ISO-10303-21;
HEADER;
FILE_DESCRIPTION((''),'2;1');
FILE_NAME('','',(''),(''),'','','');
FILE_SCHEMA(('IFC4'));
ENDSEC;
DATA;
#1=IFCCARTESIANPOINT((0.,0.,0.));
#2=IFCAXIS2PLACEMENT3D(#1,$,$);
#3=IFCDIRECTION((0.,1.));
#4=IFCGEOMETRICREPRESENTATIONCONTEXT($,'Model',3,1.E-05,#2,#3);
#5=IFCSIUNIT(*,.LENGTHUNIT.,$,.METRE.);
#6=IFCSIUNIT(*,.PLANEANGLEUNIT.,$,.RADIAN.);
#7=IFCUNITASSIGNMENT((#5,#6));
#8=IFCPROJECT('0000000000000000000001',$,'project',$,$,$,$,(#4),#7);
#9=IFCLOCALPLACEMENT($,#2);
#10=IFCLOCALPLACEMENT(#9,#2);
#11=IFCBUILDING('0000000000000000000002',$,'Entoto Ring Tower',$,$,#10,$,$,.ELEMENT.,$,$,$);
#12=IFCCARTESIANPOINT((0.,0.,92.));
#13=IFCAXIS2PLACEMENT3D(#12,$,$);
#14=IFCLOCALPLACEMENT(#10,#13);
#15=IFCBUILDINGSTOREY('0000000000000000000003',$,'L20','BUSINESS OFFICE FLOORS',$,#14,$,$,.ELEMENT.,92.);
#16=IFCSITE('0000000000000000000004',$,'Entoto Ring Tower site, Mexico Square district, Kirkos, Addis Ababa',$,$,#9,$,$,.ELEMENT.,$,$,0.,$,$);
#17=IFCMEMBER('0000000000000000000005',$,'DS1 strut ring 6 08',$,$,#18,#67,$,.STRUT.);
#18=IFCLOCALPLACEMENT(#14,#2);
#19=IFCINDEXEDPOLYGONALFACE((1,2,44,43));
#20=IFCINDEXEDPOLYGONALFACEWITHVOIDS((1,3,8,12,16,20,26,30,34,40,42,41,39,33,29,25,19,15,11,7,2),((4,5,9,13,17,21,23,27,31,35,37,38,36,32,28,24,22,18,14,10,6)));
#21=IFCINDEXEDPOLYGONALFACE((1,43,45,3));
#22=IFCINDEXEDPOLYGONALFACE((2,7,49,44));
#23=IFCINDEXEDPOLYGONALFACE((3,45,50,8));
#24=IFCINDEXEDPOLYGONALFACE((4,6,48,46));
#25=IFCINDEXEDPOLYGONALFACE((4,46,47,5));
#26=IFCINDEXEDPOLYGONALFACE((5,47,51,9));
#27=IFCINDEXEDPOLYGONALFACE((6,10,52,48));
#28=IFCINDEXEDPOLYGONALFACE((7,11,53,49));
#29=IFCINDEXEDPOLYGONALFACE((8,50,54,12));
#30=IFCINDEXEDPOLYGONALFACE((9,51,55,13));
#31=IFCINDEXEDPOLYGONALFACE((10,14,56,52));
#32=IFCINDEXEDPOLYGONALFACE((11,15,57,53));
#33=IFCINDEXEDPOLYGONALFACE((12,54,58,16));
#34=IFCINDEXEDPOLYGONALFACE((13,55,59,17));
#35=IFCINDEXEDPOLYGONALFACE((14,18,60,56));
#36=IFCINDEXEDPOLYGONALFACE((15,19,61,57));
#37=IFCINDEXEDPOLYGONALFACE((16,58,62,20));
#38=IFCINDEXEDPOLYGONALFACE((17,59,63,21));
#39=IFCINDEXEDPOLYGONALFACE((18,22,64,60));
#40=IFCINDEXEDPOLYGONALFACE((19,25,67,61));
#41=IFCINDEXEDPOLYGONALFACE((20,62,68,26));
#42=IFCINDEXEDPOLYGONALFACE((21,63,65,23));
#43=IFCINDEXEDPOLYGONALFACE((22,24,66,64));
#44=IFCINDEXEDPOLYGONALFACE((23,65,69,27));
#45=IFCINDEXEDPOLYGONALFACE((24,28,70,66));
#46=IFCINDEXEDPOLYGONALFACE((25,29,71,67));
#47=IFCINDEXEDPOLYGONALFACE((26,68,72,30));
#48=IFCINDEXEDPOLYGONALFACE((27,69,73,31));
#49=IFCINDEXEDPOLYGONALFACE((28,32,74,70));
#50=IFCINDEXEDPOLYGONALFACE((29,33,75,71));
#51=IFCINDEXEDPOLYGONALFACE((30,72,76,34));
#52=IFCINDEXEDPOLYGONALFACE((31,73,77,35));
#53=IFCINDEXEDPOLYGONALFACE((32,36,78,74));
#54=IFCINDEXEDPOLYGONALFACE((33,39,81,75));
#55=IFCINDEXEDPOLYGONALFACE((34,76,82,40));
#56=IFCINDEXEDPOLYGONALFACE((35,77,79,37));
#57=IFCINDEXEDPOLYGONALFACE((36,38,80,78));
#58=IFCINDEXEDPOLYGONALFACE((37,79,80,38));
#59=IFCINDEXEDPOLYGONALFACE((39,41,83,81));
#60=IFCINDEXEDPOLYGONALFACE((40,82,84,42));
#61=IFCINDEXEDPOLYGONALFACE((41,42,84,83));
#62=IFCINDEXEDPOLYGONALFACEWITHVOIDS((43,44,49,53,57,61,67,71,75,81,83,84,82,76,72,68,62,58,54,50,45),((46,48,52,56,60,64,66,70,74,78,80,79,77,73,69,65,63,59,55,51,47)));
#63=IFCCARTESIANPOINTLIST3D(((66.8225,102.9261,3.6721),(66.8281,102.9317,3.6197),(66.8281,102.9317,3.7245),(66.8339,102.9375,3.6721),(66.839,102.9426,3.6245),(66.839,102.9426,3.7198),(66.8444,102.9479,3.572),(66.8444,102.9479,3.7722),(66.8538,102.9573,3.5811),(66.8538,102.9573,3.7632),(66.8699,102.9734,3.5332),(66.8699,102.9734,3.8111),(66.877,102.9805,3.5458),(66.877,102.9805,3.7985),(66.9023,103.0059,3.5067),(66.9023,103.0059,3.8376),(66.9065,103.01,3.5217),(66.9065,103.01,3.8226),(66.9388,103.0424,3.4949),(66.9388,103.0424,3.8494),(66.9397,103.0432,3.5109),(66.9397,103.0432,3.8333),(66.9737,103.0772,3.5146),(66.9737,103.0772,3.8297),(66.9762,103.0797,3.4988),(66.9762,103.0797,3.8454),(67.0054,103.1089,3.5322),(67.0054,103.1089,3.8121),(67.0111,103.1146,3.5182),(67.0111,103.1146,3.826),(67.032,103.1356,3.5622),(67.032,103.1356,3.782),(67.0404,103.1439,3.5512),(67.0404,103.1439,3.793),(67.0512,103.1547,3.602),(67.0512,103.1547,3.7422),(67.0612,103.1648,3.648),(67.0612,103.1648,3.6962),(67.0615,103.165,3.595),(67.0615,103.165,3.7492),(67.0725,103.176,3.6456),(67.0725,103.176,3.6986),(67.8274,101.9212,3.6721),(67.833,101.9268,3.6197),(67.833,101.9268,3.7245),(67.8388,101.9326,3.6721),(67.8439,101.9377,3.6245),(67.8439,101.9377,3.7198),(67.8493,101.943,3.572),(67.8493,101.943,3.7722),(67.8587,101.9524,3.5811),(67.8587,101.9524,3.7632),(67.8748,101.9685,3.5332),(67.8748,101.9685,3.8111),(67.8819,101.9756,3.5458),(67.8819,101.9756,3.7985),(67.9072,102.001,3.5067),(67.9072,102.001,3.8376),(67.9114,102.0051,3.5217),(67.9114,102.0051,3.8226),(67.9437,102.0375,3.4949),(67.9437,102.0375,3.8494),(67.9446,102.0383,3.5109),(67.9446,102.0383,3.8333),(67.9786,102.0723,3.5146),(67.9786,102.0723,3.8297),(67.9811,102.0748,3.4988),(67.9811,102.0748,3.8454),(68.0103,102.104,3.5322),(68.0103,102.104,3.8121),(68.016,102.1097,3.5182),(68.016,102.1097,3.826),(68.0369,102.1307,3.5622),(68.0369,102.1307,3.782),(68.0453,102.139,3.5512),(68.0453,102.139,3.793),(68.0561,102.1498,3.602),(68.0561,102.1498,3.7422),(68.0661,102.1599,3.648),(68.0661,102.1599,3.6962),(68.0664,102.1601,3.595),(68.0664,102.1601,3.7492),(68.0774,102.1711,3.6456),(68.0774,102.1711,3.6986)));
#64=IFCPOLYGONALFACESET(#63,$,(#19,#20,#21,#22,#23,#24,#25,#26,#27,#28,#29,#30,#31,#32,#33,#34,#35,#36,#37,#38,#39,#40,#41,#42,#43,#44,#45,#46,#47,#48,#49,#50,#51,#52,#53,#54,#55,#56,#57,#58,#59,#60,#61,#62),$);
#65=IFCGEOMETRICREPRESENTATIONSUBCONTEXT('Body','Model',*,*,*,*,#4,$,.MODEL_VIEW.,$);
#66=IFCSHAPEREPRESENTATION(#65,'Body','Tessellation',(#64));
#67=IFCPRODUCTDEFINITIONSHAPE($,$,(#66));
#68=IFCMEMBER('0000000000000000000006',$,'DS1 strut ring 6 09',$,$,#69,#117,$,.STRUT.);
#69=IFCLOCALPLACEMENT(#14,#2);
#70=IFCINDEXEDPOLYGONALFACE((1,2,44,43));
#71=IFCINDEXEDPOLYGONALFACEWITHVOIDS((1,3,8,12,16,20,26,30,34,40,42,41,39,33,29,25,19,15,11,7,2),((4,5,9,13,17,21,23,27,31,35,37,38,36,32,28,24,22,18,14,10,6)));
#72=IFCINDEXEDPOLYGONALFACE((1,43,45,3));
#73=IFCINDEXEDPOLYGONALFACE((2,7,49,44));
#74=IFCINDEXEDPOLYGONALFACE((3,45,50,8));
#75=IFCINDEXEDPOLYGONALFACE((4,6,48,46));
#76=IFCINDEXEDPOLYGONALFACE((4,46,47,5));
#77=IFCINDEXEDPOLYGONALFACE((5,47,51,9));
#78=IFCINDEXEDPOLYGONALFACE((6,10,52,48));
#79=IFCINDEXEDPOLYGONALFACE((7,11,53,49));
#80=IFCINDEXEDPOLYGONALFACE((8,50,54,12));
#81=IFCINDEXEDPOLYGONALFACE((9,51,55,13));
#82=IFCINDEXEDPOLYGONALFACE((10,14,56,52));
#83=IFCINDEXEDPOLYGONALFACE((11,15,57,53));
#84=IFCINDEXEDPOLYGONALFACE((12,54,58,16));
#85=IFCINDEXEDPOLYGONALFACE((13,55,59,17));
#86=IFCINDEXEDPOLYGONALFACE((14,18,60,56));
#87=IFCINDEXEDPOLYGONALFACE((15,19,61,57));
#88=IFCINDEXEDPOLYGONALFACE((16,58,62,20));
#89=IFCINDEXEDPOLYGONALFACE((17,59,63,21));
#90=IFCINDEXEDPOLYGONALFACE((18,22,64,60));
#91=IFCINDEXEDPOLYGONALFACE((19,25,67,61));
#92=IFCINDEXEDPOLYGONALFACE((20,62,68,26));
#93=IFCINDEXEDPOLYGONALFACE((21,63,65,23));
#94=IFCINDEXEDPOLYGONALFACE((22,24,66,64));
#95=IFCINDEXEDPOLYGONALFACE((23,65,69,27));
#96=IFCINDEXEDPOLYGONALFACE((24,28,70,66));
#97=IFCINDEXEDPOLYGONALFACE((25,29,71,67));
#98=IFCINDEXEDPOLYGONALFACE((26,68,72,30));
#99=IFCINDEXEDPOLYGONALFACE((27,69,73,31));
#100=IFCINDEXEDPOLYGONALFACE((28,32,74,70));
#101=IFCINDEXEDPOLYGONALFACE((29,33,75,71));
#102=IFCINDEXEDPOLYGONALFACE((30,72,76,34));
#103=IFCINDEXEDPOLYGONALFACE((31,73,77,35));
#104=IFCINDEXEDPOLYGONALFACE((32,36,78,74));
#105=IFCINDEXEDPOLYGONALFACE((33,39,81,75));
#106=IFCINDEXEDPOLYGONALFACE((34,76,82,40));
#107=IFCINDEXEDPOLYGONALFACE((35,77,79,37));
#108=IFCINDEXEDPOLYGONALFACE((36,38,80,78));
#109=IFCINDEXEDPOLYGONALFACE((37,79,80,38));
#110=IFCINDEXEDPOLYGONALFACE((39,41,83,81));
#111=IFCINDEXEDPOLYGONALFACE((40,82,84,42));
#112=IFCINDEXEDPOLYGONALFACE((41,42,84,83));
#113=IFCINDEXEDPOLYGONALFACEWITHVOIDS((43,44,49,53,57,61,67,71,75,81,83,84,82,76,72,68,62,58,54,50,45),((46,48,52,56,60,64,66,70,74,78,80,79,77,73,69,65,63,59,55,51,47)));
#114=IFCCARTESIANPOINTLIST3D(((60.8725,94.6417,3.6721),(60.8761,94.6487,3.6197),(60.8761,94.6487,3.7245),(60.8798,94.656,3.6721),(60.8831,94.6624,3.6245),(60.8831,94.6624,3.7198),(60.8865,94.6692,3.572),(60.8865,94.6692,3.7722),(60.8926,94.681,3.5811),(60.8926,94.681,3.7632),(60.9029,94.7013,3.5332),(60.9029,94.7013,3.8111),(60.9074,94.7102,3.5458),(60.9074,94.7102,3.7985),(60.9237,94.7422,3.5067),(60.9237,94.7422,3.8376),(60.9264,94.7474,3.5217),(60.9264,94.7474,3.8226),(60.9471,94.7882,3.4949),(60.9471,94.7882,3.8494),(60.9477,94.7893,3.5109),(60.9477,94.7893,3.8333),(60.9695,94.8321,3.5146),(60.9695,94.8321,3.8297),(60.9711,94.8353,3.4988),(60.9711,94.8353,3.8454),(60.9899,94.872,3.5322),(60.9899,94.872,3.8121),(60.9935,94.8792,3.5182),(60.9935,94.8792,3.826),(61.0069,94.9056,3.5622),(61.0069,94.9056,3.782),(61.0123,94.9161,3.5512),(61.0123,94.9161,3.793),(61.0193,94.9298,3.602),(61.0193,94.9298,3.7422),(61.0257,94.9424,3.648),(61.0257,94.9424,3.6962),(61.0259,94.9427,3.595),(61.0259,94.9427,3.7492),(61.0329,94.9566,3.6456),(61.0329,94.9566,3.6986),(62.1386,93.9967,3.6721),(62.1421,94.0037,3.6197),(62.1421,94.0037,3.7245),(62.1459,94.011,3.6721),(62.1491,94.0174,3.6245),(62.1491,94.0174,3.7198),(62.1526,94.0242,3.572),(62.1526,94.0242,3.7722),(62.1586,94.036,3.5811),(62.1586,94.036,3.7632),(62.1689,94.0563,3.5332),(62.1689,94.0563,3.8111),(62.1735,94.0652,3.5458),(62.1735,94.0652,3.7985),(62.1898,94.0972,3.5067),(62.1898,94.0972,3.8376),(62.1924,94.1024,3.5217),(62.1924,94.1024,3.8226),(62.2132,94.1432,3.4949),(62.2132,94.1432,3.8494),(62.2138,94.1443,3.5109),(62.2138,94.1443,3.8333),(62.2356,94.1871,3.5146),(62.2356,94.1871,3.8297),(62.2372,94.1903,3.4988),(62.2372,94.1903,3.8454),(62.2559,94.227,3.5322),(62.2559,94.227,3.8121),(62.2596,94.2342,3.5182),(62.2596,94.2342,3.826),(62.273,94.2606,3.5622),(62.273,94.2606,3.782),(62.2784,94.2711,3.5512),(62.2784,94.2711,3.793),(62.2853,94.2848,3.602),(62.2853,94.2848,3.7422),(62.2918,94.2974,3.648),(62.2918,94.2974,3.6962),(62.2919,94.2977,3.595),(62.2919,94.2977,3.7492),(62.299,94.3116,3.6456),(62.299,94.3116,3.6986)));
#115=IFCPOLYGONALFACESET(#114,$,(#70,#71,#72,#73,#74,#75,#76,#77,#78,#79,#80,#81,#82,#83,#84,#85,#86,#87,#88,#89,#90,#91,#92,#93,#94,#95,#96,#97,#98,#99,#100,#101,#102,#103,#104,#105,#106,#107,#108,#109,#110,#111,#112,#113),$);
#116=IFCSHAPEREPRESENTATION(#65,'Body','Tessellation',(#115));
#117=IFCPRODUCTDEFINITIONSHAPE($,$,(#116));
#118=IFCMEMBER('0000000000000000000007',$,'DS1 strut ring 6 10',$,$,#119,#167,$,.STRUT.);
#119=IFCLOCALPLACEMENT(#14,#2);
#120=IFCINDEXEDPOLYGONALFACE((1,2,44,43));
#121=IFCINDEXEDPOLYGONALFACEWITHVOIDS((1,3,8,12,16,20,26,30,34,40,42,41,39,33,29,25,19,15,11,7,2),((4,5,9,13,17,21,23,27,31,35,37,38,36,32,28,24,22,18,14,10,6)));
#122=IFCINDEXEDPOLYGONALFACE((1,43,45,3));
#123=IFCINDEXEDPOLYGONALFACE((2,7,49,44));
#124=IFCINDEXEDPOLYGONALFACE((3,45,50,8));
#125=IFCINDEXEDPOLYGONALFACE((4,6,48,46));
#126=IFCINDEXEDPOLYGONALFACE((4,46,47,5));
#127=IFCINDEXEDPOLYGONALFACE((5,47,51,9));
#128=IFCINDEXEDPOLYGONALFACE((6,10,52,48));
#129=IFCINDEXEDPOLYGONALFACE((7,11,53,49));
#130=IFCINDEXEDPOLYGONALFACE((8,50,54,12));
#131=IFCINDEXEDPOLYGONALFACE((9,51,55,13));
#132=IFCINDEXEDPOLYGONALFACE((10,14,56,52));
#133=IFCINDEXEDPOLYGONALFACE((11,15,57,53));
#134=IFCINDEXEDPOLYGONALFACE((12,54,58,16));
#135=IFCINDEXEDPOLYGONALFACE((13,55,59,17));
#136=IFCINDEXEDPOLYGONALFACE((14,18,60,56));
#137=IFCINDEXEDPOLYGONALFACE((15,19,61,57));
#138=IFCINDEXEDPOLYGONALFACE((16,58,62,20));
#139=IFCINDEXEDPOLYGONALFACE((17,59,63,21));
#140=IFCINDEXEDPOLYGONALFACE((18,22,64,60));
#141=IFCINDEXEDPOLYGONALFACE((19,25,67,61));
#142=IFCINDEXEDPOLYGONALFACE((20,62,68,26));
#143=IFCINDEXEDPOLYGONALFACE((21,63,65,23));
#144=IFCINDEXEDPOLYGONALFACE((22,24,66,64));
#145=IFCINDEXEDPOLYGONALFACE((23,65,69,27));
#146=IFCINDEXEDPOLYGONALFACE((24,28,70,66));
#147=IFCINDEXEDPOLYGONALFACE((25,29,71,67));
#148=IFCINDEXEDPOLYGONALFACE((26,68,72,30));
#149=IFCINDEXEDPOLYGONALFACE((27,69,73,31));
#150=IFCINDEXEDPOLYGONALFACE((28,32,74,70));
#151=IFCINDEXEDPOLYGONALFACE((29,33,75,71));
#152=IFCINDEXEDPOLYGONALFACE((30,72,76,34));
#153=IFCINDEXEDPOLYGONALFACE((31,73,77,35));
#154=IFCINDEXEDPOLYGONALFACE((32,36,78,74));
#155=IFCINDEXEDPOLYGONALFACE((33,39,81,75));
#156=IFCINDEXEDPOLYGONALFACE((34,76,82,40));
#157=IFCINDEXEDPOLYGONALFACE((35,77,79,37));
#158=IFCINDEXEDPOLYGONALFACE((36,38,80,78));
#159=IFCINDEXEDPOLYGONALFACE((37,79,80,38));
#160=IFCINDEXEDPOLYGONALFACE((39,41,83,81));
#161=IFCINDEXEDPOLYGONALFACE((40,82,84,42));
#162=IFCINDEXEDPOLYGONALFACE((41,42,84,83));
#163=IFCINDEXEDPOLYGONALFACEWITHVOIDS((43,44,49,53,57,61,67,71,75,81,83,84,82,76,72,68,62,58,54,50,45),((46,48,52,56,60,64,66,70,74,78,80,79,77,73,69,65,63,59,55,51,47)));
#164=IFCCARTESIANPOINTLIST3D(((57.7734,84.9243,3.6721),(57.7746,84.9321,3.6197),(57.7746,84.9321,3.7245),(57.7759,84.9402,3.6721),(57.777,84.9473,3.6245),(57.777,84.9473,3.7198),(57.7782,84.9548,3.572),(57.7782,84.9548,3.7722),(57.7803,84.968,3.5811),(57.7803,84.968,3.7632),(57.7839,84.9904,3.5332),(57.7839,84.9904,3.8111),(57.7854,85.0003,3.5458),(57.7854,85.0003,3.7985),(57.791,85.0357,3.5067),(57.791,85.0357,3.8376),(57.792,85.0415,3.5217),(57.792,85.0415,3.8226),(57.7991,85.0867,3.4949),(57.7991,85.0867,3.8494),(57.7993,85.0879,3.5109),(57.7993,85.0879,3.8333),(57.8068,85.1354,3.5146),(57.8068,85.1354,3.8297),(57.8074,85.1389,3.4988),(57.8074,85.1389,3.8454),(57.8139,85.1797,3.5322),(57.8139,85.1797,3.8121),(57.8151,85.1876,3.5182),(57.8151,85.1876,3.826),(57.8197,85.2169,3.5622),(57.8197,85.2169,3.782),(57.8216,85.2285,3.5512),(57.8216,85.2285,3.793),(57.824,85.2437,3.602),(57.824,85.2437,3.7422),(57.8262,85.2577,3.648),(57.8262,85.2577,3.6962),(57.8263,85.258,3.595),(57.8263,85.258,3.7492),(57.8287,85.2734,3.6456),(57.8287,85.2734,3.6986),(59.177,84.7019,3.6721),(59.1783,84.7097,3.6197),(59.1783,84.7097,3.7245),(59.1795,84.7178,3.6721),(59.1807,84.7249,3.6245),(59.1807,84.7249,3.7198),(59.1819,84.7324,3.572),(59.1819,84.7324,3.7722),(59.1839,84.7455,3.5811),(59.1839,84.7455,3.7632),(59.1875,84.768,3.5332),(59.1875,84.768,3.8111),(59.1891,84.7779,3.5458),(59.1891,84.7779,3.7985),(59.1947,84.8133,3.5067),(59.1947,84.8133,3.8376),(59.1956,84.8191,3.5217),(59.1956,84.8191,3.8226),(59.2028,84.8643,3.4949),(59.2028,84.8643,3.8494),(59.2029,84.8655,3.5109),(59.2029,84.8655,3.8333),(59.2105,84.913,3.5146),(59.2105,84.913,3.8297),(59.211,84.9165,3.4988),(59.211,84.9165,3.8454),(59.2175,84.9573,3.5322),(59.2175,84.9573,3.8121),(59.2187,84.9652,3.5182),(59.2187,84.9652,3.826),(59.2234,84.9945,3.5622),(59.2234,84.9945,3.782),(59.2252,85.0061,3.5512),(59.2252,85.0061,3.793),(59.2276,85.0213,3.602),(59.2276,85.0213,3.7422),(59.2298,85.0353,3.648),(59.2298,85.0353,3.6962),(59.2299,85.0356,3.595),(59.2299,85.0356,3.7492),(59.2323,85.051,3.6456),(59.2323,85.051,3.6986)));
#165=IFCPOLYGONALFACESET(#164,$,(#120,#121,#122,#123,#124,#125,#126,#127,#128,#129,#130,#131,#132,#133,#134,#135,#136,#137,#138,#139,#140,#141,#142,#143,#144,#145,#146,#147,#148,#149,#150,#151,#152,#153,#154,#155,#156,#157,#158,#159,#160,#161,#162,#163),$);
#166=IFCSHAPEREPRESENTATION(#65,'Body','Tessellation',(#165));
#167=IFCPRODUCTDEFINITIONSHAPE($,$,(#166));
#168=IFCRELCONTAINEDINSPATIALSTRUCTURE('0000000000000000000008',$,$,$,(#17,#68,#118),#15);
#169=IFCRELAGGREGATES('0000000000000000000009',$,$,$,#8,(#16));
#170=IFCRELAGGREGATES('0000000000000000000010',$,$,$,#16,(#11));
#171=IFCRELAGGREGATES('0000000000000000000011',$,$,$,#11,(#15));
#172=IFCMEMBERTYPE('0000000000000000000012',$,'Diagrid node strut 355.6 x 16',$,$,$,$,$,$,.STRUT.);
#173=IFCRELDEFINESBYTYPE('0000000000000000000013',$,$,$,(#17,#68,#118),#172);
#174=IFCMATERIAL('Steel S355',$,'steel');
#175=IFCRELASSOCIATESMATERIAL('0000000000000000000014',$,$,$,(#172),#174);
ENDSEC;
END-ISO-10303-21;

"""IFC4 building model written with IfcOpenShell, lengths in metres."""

from ifc_helpers import new_model, si_unit, direction, frame, origin, origin_2d, place, context, subcontext, project, spatial, circle, hollow_circle, extrude, material, material_profile, profile_set, type_object, element, save


model = new_model("IFC4")

# Units and contexts
model_context = context("Model", 3, precision=1e-05, world=origin(), true_north=direction((0.0, 1.0)))
body_context = subcontext(model_context, "Body", "Model", "MODEL_VIEW")
ifc_project = project(units=[si_unit("LENGTHUNIT", "METRE"), si_unit("PLANEANGLEUNIT", "RADIAN")], contexts=[model_context])

# Site, building, storey
site_placement = place(None, origin())
site = spatial("IfcSite", under=ifc_project, at=site_placement, Name="Entoto Ring Tower site, Mexico Square district, Kirkos, Addis Ababa", CompositionType="ELEMENT", RefElevation=0.0)
building_placement = place(site_placement, origin())
building = spatial("IfcBuilding", under=site, at=building_placement, Name="Entoto Ring Tower", CompositionType="ELEMENT")
storey_placement = place(building_placement, frame((0.0, 0.0, 92.0)))
storey = spatial("IfcBuildingStorey", under=building, at=storey_placement, Name="L20", Description="BUSINESS OFFICE FLOORS", CompositionType="ELEMENT", Elevation=92.0)

# Members
ifc_material_1 = material(Name="Steel S355", Category="steel")
ifc_material_profile_1 = material_profile(ifc_material_1, hollow_circle(Radius=0.1777, WallThickness=0.0161, at=origin_2d()), Name="CHS 355.6 x 16")
ifc_material_2 = material(Name="Concrete C60/75", Category="concrete")
ifc_material_profile_2 = material_profile(ifc_material_2, circle(Radius=0.1619, at=origin_2d()), Name="Concrete C60/75 infill")
ifc_profile_set_1 = profile_set([ifc_material_profile_1, ifc_material_profile_2], Name="Steel S355")
member_type = type_object("IfcMemberType", Name="Diagrid node strut 355.6 x 16", PredefinedType="STRUT", material=ifc_profile_set_1)
member_1_placement = place(storey_placement, frame((67.9531, 102.0469, 3.6721), z_axis=(-0.707107, 0.707107, 0.0), x_axis=(-0.707107, -0.707107, 0.0)))
element("IfcMember", 1, at=member_1_placement, inside=storey, type_object=member_type, Name="DS1 strut ring 6 08", PredefinedType="STRUT", context=body_context, shape_type="SweptSolid", body=[
    extrude(hollow_circle(Radius=0.1777, WallThickness=0.0161, at=origin_2d()), origin(), (0.0, 0.0, 1.0), 1.4211),
])
member_2_placement = place(storey_placement, frame((62.2192, 94.155, 3.6721), z_axis=(-0.891034, 0.453936, 0.0), x_axis=(-0.453936, -0.891034, 0.0)))
element("IfcMember", 2, at=member_2_placement, inside=storey, type_object=member_type, Name="DS1 strut ring 6 09", PredefinedType="STRUT", context=body_context, shape_type="SweptSolid", body=[
    extrude(hollow_circle(Radius=0.1777, WallThickness=0.0161, at=origin_2d()), origin(), (0.0, 0.0, 1.0), 1.4209),
])
member_3_placement = place(storey_placement, frame((59.2048, 84.8774, 3.6721), z_axis=(-0.987676, 0.15651, 0.0), x_axis=(-0.15651, -0.987676, 0.0)))
element("IfcMember", 3, at=member_3_placement, inside=storey, type_object=member_type, Name="DS1 strut ring 6 10", PredefinedType="STRUT", context=body_context, shape_type="SweptSolid", body=[
    extrude(hollow_circle(Radius=0.1777, WallThickness=0.0161, at=origin_2d()), origin(), (0.0, 0.0, 1.0), 1.4211),
])

save(model, "model.ifc")
